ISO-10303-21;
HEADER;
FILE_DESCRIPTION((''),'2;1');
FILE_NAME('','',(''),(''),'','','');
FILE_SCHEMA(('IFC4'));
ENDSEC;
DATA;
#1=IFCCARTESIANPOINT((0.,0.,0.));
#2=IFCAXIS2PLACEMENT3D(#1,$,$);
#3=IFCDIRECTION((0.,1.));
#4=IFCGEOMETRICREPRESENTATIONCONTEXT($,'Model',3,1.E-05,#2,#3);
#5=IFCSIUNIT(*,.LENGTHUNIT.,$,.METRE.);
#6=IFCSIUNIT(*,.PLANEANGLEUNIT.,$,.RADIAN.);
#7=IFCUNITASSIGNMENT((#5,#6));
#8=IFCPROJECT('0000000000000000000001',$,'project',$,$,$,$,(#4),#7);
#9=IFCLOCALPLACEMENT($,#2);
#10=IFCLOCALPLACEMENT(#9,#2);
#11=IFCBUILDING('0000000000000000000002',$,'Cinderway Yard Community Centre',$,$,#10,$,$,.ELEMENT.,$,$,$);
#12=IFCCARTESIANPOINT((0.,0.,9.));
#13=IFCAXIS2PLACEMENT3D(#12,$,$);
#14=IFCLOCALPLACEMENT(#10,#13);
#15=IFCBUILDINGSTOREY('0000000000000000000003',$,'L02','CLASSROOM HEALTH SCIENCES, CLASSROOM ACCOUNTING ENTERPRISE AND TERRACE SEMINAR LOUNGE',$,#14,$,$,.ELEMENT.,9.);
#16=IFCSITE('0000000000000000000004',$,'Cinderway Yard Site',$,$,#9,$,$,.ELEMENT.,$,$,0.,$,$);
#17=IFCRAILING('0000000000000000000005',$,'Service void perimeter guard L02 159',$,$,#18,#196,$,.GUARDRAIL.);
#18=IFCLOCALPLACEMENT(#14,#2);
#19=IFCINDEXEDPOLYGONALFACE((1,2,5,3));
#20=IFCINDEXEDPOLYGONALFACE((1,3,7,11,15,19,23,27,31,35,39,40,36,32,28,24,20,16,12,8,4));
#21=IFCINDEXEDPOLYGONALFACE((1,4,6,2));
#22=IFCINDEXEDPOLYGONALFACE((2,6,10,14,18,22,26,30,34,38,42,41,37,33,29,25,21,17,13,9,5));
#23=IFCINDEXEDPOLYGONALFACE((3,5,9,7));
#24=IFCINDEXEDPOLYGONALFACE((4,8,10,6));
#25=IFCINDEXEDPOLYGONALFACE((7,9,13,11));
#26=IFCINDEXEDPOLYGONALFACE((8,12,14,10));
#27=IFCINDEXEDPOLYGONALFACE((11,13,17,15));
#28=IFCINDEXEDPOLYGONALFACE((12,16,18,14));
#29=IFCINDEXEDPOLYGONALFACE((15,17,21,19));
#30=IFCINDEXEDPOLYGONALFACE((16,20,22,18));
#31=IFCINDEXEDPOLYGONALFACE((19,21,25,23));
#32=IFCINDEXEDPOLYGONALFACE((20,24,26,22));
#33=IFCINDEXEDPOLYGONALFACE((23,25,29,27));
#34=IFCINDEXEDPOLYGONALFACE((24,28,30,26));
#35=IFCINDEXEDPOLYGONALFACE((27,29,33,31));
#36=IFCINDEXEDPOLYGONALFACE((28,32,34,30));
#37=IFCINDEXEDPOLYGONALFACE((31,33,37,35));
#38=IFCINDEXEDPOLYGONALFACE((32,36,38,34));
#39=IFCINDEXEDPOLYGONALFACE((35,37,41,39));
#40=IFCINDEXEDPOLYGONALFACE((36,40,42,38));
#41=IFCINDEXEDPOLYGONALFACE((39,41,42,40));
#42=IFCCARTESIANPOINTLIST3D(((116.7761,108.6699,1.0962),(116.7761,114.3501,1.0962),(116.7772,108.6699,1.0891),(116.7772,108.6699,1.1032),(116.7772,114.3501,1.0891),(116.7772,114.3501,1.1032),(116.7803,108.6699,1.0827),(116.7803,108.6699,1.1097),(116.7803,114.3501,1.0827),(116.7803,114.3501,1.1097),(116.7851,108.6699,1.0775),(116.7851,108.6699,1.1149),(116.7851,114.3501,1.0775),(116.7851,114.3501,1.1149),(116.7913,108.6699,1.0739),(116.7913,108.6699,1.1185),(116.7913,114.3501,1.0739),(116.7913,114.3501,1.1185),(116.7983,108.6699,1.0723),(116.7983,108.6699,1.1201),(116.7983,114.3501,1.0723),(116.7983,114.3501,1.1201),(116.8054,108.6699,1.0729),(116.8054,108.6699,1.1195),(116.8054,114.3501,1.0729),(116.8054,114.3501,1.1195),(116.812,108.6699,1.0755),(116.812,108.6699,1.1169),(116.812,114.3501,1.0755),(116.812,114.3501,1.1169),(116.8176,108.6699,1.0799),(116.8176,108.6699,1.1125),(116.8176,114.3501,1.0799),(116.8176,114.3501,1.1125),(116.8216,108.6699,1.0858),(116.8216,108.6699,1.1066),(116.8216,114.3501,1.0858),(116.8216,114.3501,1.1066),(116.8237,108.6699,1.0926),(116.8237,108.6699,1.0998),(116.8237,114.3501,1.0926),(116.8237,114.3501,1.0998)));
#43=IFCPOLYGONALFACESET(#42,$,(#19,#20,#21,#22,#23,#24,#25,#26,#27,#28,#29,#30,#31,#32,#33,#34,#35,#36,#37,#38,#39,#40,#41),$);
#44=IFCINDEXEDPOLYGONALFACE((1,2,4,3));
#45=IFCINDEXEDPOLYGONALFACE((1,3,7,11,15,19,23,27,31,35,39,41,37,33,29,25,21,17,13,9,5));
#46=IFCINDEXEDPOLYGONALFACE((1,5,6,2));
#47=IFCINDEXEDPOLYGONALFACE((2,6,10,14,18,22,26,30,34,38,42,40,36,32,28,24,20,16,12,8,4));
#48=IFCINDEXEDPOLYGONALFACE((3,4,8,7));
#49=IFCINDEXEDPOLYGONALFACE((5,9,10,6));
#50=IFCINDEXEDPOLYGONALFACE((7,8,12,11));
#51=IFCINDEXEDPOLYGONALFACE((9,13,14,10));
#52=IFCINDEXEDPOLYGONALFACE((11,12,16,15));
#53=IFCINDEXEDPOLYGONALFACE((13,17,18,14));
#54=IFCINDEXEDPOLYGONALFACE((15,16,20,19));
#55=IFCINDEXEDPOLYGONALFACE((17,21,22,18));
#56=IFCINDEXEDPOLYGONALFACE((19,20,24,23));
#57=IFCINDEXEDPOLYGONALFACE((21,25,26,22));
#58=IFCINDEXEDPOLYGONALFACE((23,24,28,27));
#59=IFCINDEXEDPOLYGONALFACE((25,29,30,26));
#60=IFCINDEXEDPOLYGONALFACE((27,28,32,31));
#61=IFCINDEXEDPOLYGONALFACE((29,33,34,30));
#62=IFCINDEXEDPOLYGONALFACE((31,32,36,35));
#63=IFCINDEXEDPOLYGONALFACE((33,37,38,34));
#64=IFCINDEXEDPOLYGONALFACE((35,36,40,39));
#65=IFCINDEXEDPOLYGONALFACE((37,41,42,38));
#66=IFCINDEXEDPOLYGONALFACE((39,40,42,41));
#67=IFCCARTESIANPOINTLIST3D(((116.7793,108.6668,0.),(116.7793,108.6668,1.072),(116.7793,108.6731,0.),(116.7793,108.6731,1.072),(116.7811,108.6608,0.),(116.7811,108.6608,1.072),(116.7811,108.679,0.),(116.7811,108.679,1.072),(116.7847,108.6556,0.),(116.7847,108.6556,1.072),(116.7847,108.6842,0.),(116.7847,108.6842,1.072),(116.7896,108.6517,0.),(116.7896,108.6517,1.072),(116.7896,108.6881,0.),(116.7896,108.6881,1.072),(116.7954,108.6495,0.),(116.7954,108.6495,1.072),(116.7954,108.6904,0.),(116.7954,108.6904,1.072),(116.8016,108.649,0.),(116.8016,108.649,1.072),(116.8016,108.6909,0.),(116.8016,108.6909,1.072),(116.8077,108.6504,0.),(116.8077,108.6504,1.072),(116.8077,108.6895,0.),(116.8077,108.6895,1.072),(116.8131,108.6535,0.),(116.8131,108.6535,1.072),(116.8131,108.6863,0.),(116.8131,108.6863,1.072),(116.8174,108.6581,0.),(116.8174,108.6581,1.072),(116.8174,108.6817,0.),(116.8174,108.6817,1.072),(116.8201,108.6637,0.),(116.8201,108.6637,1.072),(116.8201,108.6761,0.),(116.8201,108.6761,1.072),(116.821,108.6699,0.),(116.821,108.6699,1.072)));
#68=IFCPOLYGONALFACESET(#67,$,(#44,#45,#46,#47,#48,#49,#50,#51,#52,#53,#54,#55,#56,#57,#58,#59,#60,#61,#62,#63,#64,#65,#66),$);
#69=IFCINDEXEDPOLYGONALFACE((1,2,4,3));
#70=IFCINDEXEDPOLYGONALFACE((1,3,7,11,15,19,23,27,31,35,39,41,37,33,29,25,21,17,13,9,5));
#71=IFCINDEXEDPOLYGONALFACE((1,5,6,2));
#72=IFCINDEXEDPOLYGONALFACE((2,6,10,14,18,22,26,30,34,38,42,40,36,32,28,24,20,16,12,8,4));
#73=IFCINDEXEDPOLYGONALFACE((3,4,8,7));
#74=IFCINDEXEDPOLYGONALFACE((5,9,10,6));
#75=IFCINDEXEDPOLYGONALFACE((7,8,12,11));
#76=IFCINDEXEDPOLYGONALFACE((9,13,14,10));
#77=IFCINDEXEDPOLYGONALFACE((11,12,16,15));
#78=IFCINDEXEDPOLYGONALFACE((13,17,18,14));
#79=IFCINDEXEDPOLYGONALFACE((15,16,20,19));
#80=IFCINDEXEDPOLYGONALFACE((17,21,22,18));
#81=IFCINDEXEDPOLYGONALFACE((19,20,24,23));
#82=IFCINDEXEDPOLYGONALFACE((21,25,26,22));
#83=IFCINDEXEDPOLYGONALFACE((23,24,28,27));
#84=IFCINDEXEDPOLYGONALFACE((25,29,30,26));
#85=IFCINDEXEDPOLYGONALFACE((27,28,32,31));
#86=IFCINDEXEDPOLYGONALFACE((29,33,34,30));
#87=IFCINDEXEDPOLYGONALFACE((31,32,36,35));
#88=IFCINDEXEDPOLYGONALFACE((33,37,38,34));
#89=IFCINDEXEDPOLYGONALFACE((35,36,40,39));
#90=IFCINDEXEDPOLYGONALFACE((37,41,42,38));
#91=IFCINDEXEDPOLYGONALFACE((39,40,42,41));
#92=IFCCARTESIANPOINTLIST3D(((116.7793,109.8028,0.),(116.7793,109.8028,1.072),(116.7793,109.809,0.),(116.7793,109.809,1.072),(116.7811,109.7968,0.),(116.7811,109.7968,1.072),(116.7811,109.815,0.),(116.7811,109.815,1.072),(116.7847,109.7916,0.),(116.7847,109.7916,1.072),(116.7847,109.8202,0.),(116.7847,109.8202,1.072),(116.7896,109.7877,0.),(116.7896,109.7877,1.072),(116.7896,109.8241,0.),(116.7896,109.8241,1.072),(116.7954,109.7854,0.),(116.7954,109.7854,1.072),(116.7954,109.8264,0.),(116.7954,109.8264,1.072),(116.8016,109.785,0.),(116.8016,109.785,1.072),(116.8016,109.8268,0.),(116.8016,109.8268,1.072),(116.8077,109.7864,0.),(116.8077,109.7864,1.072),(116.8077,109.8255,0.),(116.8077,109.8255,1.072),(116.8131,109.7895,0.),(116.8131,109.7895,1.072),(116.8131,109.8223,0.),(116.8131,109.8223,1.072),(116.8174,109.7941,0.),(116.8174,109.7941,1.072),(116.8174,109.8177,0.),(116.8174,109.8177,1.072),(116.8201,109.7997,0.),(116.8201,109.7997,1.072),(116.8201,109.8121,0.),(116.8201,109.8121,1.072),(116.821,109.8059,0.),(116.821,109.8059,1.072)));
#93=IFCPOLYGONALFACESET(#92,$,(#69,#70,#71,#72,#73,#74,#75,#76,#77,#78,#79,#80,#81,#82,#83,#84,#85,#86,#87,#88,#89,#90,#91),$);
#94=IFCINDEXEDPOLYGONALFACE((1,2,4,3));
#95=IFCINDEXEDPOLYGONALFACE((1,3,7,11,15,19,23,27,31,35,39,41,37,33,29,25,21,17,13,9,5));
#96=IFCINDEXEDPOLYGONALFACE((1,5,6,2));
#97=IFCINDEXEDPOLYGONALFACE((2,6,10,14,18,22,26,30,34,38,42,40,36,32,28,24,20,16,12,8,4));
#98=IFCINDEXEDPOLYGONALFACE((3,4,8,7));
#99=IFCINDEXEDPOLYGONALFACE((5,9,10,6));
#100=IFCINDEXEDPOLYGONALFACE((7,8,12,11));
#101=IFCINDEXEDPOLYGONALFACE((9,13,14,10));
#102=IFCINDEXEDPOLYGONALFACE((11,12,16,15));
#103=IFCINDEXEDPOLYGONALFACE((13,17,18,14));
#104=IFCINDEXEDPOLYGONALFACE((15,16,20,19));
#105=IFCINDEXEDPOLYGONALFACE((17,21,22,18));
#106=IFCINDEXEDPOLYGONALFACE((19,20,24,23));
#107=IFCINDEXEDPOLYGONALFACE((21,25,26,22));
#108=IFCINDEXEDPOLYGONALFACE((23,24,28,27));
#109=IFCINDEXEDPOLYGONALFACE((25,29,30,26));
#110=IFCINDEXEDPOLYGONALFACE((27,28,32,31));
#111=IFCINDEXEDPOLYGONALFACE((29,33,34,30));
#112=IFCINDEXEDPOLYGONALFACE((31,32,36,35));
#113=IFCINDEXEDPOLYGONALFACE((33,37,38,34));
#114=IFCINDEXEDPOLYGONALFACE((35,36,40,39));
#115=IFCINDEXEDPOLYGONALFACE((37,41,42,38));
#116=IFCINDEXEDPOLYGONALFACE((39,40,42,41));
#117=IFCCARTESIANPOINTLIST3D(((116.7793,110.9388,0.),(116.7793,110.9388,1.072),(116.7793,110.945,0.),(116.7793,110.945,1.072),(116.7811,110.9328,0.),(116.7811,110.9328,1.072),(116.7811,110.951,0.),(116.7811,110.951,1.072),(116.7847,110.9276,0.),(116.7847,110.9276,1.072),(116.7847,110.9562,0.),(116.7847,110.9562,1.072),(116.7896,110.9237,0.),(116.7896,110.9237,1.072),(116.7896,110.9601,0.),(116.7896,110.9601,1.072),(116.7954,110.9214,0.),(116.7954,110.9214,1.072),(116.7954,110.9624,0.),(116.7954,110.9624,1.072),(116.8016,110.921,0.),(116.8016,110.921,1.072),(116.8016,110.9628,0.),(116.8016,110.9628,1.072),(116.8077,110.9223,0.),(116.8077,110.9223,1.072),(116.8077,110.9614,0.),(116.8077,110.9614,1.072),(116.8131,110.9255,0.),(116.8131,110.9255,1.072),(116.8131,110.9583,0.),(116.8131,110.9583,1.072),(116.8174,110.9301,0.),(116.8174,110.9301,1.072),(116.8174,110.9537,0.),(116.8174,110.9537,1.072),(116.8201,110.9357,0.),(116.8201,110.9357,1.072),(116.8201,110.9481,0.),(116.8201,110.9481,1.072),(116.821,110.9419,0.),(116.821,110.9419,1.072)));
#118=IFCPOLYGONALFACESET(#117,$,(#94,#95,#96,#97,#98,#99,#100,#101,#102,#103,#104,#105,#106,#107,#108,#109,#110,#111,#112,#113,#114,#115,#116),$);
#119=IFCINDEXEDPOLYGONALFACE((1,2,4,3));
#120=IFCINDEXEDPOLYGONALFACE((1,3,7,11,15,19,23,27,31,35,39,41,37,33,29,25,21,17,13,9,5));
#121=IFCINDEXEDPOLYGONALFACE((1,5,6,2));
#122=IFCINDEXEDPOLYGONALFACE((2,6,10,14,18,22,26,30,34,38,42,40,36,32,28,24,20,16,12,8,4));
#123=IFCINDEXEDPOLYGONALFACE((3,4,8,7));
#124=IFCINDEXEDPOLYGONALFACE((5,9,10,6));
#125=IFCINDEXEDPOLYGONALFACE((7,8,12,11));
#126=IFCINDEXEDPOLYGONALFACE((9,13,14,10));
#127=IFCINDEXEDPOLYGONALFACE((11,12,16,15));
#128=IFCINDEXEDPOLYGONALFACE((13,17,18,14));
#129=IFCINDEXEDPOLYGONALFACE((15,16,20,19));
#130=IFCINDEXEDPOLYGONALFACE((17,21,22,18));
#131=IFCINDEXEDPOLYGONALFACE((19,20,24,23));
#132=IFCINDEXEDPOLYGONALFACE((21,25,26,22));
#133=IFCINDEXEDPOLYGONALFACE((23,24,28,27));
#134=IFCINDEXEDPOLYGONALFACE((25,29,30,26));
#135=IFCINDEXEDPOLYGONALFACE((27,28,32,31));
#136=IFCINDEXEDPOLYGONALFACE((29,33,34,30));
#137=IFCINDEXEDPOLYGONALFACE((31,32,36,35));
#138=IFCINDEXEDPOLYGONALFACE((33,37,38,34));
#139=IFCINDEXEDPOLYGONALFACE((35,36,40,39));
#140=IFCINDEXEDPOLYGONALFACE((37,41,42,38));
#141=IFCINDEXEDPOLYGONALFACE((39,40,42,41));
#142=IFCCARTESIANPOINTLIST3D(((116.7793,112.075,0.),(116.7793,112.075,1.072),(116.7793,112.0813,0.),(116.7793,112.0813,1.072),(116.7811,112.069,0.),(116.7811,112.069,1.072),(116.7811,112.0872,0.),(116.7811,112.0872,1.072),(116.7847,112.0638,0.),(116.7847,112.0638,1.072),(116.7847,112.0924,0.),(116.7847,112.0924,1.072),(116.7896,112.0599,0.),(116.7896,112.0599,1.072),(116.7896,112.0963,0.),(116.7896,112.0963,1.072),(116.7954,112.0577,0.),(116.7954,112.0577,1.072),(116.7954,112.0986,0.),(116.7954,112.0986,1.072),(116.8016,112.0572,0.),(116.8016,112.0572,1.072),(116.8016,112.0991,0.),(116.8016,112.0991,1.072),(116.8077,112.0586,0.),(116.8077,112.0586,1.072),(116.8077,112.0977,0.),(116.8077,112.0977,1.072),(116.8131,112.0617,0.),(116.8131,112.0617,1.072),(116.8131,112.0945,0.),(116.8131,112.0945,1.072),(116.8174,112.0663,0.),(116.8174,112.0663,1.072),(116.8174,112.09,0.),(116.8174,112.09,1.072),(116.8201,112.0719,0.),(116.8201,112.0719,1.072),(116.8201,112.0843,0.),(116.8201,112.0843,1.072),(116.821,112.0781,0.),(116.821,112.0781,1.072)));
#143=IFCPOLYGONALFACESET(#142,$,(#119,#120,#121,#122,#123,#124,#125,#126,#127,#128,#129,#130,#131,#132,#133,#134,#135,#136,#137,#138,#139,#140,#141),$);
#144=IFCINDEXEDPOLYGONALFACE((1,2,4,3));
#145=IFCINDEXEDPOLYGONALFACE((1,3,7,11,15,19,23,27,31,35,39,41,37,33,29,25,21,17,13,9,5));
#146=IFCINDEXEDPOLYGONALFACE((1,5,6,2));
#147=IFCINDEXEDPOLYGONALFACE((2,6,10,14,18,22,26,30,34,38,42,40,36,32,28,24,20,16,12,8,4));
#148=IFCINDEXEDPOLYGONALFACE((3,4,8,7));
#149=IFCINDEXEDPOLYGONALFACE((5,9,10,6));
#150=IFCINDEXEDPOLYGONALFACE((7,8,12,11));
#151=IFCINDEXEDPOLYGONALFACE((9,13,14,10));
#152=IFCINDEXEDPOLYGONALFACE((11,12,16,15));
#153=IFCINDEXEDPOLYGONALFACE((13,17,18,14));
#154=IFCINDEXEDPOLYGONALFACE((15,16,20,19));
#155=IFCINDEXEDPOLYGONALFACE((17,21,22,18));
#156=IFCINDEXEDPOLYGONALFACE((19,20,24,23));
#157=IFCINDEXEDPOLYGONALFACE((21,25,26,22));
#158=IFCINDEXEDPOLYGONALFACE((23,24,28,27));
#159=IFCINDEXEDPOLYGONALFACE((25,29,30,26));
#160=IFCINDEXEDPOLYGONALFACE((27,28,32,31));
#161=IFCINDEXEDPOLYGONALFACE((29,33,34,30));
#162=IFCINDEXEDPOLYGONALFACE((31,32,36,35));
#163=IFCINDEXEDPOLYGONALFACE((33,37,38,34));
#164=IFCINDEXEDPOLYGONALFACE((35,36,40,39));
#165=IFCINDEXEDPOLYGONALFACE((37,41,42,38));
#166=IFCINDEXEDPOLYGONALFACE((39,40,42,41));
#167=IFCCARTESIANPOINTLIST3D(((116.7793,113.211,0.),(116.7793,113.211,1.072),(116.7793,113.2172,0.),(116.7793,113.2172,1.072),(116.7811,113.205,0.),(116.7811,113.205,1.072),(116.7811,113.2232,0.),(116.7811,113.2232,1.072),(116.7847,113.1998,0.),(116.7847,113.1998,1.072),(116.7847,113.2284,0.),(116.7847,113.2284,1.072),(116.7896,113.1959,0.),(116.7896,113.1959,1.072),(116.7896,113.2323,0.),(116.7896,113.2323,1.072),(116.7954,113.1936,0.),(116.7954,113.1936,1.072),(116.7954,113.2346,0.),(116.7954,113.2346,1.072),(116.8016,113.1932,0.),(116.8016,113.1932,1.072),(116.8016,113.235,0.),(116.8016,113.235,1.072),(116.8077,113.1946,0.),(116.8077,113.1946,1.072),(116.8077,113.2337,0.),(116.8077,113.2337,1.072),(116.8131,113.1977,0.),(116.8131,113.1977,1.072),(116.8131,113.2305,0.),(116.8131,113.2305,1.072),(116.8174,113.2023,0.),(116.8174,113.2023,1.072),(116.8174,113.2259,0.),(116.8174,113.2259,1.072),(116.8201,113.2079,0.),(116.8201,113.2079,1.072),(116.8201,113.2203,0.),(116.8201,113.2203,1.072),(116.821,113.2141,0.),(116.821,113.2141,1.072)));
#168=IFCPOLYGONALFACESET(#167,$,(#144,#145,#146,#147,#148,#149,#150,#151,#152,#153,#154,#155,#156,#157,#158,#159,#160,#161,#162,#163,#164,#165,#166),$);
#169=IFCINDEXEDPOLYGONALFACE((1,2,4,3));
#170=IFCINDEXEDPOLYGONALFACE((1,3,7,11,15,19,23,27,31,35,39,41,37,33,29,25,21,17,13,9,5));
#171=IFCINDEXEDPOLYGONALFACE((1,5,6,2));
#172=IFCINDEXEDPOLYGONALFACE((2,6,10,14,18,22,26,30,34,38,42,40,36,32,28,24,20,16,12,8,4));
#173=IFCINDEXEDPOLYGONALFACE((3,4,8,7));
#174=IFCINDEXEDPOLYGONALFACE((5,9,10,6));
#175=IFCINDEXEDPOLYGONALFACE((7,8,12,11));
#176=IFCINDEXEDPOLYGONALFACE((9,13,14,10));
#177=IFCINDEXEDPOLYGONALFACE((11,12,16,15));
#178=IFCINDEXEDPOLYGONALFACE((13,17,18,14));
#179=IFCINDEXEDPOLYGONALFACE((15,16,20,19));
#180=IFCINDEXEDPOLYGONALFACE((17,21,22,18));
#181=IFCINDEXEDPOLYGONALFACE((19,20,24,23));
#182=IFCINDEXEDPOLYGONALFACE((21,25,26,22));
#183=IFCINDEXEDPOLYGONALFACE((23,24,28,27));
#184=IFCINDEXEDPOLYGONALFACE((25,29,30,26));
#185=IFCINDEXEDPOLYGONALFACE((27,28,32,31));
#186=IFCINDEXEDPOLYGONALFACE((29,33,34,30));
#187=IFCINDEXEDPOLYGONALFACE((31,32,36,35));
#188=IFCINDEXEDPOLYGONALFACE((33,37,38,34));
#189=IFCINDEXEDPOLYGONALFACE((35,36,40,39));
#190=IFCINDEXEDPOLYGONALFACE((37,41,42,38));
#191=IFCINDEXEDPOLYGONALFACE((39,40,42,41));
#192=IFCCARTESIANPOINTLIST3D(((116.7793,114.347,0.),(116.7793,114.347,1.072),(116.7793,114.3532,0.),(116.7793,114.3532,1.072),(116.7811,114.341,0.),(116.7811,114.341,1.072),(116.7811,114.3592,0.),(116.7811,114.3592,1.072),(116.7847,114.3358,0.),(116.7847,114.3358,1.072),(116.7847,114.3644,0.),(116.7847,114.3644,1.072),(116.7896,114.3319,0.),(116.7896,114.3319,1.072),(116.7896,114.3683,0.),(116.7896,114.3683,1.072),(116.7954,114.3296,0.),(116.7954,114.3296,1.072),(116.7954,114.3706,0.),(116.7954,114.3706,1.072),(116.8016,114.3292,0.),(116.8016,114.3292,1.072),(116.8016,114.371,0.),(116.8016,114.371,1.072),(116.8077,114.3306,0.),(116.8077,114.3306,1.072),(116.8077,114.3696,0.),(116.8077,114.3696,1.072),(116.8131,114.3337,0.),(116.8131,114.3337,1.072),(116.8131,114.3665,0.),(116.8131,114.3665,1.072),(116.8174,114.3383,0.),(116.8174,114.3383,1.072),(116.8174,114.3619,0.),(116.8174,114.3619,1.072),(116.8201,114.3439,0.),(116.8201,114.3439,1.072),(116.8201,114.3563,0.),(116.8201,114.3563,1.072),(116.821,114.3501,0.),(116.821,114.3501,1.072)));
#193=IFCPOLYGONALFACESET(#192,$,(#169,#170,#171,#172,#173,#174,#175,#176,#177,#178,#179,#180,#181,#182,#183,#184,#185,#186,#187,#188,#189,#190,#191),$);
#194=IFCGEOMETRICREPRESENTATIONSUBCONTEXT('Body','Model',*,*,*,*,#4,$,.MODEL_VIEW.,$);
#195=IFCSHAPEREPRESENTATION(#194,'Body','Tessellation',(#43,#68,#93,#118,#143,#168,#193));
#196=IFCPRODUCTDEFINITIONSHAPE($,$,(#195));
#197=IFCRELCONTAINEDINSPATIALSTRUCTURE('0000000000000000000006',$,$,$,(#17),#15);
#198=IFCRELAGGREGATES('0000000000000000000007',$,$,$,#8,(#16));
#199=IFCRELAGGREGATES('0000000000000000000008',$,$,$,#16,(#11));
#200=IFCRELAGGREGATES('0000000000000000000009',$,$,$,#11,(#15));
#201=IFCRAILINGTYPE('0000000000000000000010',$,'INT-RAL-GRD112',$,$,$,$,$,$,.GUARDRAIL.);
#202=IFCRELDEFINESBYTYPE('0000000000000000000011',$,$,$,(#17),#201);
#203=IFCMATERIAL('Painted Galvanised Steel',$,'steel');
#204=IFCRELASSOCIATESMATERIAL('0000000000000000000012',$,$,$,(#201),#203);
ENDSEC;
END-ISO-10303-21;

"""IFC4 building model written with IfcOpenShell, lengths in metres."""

from ifc_helpers import new_model, si_unit, direction, frame, origin, origin_2d, place, context, subcontext, project, spatial, circle, extrude, material, type_object, element, save


model = new_model("IFC4")

# Units and contexts
model_context = context("Model", 3, precision=1e-05, world=origin(), true_north=direction((0.0, 1.0)))
body_context = subcontext(model_context, "Body", "Model", "MODEL_VIEW")
ifc_project = project(units=[si_unit("LENGTHUNIT", "METRE"), si_unit("PLANEANGLEUNIT", "RADIAN")], contexts=[model_context])

# Site, building, storey
site_placement = place(None, origin())
site = spatial("IfcSite", under=ifc_project, at=site_placement, Name="Cinderway Yard Site", CompositionType="ELEMENT", RefElevation=0.0)
building_placement = place(site_placement, origin())
building = spatial("IfcBuilding", under=site, at=building_placement, Name="Cinderway Yard Community Centre", CompositionType="ELEMENT")
storey_placement = place(building_placement, frame((0.0, 0.0, 9.0)))
storey = spatial("IfcBuildingStorey", under=building, at=storey_placement, Name="L02", Description="CLASSROOM HEALTH SCIENCES, CLASSROOM ACCOUNTING ENTERPRISE AND TERRACE SEMINAR LOUNGE", CompositionType="ELEMENT", Elevation=9.0)

# Railing
ifc_material_1 = material(Name="Painted Galvanised Steel", Category="steel")
railing_type_1 = type_object("IfcRailingType", Name="INT-RAL-GRD112", PredefinedType="GUARDRAIL", material=ifc_material_1)
railing_1_placement = place(storey_placement, frame((116.8, 108.6699, 0.0)))
element("IfcRailing", 1, at=railing_1_placement, inside=storey, type_object=railing_type_1, Name="Service void perimeter guard L02 159", PredefinedType="GUARDRAIL", context=body_context, shape_type="SweptSolid", body=[
    extrude(circle(Radius=0.0239, at=origin_2d()), frame((0.0, 0.0, 1.0962), z_axis=(0.0, 1.0, 0.0), x_axis=(-1.0, 0.0, 0.0)), (0.0, 0.0, 1.0), 5.6802),
    extrude(circle(Radius=0.021, at=origin_2d()), origin(), (0.0, 0.0, 1.0), 1.072),
    extrude(circle(Radius=0.021, at=origin_2d()), frame((0.0, 1.136, 0.0)), (0.0, 0.0, 1.0), 1.072),
    extrude(circle(Radius=0.021, at=origin_2d()), frame((0.0, 2.272, 0.0)), (0.0, 0.0, 1.0), 1.072),
    extrude(circle(Radius=0.021, at=origin_2d()), frame((0.0, 3.4082, 0.0)), (0.0, 0.0, 1.0), 1.072),
    extrude(circle(Radius=0.021, at=origin_2d()), frame((0.0, 4.5442, 0.0)), (0.0, 0.0, 1.0), 1.072),
    extrude(circle(Radius=0.021, at=origin_2d()), frame((0.0, 5.6802, 0.0)), (0.0, 0.0, 1.0), 1.072),
])

save(model, "model.ifc")
